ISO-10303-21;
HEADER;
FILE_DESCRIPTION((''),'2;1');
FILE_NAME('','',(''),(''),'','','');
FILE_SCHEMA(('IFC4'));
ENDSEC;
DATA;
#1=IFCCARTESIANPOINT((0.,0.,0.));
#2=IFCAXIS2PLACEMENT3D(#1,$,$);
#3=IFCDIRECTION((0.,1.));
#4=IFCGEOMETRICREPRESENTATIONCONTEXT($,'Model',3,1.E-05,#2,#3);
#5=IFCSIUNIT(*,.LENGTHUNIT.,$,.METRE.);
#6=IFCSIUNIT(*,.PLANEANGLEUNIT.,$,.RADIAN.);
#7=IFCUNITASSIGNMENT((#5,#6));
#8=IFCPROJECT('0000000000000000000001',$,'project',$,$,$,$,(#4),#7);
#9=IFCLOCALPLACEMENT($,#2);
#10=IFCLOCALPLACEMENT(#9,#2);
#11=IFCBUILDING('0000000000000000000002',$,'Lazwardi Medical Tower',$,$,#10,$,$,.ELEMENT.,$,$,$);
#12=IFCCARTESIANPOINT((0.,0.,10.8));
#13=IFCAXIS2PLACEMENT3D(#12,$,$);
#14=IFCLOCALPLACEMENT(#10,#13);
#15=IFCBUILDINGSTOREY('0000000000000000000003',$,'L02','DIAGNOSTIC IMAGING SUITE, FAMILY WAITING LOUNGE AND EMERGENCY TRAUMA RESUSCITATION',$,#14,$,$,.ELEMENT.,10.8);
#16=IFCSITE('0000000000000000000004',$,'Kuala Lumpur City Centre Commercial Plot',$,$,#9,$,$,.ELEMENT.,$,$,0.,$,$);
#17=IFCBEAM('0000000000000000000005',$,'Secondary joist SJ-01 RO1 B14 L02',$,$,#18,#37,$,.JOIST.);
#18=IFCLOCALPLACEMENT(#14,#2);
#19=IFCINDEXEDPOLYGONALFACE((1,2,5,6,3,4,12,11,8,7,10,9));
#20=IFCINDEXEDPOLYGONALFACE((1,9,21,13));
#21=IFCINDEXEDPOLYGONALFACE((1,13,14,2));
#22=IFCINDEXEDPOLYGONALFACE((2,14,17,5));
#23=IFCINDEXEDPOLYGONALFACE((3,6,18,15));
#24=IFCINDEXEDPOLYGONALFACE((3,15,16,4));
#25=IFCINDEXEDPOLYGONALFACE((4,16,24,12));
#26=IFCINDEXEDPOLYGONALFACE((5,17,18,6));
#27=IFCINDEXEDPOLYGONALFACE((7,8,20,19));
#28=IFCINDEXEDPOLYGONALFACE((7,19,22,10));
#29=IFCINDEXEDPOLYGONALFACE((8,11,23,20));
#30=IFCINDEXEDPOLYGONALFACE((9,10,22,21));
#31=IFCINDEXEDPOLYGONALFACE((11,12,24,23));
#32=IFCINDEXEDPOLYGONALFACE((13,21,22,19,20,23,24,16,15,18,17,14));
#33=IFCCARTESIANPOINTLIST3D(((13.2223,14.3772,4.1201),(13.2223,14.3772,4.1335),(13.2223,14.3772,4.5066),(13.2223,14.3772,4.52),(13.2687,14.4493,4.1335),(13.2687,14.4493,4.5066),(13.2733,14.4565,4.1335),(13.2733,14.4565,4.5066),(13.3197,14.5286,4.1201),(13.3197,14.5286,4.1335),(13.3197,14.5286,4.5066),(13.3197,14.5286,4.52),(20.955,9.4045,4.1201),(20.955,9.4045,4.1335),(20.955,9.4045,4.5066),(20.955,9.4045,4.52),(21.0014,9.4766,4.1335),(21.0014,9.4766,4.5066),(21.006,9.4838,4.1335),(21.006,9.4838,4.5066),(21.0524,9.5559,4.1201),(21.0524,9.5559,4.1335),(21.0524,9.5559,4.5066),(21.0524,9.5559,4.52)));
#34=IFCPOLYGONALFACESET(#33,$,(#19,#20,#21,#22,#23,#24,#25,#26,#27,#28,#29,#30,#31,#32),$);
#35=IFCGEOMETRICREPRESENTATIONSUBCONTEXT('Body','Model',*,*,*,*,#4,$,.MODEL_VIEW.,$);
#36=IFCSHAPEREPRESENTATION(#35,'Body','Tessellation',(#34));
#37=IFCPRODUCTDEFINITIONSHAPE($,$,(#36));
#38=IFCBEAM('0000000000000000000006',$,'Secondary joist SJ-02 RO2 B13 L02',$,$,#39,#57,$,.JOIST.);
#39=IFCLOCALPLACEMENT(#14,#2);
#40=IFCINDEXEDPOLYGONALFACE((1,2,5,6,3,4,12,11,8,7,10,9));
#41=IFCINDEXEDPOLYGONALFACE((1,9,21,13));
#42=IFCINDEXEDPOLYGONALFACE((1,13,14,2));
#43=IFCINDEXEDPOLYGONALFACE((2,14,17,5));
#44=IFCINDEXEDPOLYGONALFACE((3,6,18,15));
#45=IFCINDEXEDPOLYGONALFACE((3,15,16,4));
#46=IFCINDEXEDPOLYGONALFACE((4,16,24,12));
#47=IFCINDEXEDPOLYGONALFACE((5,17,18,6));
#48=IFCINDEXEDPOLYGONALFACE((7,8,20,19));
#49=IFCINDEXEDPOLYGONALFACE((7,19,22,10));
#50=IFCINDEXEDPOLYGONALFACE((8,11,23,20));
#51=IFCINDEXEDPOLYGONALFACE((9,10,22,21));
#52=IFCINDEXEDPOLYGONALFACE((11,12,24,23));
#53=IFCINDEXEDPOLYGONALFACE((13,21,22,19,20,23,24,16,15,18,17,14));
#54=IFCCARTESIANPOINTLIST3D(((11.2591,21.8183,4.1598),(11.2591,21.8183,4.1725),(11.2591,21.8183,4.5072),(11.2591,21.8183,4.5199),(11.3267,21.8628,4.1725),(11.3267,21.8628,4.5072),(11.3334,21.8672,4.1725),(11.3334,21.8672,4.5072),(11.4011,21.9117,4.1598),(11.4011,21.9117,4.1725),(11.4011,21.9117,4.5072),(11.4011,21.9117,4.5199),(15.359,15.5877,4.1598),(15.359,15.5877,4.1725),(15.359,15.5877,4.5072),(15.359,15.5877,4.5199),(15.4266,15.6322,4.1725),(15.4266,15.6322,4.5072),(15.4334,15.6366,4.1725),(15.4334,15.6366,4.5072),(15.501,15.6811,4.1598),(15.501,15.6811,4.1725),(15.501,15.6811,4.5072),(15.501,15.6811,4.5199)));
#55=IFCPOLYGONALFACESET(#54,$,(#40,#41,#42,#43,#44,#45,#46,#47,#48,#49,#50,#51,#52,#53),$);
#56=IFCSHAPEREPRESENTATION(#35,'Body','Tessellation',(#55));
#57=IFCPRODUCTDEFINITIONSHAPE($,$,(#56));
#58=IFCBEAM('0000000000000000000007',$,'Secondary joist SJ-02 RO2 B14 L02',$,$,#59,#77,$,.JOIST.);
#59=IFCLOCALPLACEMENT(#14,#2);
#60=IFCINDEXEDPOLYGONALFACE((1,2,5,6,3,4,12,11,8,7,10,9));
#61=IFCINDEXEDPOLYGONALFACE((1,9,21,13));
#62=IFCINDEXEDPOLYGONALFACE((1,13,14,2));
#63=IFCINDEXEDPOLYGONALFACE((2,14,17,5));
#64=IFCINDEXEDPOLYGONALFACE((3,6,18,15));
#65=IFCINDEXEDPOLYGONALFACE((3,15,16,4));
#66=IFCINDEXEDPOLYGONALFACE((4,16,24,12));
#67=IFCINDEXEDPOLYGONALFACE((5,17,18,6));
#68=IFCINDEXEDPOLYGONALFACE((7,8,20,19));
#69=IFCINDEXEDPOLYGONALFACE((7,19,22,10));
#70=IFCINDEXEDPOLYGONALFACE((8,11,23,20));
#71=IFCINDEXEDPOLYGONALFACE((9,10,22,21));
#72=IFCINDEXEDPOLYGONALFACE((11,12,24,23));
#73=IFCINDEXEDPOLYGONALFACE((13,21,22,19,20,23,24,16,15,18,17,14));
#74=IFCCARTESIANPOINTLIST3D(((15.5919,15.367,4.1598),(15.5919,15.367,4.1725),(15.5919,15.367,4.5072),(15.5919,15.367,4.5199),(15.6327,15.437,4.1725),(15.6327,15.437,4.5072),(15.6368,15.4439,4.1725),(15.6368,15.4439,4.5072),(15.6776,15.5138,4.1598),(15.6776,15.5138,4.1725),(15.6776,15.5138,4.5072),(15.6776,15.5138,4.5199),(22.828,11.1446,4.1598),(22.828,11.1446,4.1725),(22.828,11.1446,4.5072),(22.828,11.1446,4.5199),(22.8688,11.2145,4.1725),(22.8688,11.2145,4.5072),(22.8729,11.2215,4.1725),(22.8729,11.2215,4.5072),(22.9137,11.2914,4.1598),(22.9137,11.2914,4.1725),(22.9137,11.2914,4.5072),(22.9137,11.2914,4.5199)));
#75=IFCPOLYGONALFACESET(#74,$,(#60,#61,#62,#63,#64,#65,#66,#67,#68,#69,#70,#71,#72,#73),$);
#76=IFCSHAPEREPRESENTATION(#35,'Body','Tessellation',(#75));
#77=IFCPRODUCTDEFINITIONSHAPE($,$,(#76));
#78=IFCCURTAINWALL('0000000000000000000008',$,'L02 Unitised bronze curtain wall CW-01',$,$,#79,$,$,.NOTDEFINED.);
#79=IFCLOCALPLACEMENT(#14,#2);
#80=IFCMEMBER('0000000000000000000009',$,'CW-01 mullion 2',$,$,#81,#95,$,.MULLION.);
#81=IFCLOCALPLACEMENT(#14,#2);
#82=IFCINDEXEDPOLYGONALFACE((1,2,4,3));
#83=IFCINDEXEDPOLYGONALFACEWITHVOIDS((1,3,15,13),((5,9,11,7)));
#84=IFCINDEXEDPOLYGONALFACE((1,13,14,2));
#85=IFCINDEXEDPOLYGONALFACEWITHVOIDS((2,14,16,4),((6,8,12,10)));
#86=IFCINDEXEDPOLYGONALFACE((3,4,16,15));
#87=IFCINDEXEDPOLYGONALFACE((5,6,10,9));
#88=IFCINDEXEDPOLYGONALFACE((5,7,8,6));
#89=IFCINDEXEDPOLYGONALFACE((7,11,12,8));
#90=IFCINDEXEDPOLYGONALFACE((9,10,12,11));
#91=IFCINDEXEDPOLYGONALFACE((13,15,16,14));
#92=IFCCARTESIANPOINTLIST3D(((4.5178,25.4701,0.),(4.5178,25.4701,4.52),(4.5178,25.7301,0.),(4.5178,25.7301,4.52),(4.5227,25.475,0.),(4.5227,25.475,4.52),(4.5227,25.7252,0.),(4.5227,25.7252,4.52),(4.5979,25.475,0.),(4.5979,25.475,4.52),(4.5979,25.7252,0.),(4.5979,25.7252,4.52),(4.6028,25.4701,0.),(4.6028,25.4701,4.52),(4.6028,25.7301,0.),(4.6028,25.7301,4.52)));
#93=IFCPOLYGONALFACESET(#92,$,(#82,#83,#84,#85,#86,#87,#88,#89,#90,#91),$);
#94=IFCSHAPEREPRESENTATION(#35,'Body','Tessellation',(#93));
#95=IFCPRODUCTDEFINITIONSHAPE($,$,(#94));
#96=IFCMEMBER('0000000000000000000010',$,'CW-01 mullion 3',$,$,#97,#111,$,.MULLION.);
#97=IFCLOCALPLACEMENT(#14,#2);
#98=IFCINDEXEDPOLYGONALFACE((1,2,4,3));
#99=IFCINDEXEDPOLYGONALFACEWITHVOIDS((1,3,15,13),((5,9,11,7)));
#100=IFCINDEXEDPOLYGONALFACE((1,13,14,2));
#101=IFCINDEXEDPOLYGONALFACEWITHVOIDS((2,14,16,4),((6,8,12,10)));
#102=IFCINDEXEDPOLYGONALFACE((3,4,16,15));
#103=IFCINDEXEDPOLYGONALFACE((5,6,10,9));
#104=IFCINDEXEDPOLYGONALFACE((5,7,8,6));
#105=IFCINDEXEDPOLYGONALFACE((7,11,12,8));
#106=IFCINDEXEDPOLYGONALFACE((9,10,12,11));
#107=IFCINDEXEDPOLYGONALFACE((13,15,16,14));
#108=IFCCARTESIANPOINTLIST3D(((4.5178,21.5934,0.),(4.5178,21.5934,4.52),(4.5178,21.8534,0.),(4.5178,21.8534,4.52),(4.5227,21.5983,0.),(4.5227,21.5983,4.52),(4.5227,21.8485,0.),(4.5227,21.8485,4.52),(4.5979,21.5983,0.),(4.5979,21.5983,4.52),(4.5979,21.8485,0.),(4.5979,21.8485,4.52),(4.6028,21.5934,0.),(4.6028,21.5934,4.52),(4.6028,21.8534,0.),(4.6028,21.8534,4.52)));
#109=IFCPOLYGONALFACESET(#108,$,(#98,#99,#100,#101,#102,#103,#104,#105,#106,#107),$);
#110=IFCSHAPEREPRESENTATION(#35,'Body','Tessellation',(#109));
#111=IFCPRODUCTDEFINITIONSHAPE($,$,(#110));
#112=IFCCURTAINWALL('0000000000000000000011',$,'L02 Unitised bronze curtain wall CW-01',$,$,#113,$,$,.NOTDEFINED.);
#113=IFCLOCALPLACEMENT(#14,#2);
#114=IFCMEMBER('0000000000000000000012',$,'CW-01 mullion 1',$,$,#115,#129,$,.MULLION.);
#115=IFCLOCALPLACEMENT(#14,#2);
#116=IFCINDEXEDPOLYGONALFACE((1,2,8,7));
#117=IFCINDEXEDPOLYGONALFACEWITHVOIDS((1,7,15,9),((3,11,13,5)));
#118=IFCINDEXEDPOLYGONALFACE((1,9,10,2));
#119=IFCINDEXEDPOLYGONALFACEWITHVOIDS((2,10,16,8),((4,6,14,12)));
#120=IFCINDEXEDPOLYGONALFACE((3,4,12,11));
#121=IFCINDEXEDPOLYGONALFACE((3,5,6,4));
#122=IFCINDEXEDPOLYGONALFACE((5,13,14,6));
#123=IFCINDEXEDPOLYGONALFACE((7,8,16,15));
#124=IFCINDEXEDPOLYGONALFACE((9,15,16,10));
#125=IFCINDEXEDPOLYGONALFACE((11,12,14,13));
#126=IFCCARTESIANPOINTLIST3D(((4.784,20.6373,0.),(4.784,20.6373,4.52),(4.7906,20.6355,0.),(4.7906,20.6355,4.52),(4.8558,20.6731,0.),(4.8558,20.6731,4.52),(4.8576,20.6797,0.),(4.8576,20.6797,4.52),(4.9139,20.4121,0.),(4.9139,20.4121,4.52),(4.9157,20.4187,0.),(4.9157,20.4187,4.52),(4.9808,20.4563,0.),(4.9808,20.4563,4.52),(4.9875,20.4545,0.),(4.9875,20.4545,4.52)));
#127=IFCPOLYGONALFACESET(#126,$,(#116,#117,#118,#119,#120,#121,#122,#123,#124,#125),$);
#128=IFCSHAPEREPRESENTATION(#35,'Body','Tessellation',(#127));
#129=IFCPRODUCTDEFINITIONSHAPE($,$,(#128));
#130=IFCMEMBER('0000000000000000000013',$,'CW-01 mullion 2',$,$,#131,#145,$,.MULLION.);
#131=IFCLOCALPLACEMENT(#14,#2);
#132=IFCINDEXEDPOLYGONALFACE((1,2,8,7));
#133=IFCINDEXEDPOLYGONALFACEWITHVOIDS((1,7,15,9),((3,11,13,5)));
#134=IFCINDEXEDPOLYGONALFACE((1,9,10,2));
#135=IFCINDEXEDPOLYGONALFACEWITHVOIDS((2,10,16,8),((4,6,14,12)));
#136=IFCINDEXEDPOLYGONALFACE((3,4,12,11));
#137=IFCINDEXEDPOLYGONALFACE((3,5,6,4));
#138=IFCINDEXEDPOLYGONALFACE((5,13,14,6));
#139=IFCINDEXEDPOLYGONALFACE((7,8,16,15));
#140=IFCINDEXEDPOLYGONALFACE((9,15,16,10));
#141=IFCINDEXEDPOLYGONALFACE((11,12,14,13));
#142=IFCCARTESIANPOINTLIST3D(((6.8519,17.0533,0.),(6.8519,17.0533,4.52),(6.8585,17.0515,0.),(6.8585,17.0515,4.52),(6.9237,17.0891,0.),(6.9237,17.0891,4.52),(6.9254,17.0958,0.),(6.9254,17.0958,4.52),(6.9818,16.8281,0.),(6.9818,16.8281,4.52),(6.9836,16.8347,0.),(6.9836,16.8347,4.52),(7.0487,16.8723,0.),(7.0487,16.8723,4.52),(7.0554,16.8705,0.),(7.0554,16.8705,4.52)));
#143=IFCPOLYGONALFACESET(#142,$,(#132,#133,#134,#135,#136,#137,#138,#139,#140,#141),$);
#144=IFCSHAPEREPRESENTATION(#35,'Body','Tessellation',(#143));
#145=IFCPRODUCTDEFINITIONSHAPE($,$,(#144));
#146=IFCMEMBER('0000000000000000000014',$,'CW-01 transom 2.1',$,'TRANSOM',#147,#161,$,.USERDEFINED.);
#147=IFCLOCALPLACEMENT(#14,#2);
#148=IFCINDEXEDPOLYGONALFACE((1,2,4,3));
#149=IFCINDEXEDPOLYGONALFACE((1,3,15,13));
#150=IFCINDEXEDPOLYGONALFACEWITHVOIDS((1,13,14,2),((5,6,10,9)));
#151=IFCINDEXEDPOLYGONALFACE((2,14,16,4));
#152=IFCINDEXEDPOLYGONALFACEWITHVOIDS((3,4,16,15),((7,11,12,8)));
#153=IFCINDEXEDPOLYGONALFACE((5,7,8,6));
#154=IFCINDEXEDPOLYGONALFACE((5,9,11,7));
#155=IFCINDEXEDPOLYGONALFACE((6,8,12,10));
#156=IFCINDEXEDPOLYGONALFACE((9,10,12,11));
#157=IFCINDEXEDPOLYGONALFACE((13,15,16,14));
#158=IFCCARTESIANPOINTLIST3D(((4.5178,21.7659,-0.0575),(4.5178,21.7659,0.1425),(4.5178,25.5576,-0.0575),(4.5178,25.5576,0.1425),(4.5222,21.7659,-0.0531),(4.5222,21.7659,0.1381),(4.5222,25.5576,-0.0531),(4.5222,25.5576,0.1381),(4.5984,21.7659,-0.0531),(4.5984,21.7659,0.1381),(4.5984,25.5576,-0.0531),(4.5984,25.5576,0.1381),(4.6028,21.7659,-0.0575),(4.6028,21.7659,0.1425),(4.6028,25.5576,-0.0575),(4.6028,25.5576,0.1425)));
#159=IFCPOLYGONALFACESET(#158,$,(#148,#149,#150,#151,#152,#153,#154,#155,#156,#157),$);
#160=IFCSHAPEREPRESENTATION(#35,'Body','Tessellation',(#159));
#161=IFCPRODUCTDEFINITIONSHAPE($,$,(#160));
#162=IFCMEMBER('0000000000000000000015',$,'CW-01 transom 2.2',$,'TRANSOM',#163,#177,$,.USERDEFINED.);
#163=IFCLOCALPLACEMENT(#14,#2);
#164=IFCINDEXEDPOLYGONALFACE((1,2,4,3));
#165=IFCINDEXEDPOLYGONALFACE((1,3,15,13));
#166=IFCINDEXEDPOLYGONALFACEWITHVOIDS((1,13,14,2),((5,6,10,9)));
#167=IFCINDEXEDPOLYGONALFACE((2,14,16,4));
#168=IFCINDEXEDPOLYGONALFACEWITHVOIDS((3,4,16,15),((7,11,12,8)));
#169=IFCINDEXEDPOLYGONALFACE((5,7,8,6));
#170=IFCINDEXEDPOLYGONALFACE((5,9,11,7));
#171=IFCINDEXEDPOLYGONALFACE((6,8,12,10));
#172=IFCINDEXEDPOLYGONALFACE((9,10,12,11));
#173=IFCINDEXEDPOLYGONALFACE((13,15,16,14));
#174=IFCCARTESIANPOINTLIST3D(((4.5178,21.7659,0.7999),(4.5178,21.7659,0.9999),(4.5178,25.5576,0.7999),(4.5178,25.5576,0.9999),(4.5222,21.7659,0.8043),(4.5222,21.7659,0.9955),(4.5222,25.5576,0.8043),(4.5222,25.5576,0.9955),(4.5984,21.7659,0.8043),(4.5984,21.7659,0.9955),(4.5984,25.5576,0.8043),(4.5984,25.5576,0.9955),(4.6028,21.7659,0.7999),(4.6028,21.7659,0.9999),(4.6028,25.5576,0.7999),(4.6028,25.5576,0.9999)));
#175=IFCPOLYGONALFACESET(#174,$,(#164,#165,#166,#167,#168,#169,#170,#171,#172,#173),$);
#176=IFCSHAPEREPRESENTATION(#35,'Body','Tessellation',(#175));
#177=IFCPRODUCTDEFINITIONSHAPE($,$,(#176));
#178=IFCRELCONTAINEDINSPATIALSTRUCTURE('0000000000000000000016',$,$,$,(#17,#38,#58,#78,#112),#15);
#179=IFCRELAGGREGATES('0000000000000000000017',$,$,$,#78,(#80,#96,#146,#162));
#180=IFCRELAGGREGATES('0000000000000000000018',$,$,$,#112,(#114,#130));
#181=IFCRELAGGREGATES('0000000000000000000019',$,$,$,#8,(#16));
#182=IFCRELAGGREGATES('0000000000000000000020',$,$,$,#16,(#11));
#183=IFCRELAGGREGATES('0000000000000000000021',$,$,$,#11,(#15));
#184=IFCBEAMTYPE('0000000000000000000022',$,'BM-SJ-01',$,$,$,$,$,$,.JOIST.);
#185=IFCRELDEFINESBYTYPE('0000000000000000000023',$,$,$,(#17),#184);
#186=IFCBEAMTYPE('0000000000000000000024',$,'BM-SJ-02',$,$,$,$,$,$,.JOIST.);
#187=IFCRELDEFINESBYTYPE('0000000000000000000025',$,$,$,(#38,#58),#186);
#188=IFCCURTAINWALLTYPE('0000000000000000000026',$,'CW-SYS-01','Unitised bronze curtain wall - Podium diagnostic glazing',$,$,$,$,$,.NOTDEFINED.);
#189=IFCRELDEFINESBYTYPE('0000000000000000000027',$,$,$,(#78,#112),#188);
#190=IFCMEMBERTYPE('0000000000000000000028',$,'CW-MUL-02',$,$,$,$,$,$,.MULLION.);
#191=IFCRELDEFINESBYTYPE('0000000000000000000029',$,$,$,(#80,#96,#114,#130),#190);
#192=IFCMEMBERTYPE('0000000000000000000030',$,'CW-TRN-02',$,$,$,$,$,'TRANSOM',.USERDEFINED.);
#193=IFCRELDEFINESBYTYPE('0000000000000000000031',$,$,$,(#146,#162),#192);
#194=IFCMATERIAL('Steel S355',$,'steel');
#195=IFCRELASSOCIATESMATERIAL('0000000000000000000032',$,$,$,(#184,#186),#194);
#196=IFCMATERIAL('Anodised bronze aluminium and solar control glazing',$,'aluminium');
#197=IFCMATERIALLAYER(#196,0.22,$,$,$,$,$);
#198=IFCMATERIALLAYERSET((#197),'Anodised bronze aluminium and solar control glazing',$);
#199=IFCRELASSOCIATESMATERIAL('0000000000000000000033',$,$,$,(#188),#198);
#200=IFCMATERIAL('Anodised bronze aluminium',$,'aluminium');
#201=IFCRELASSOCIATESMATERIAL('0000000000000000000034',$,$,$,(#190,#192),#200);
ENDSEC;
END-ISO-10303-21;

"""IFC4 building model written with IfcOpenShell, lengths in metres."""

from ifc_helpers import new_model, si_unit, direction, frame, origin, origin_2d, place, context, subcontext, project, spatial, hollow_rectangle, i_section, extrude, material, layer, layer_set, material_profile, profile_set, type_object, element, aggregate, save


model = new_model("IFC4")

# Units and contexts
model_context = context("Model", 3, precision=1e-05, world=origin(), true_north=direction((0.0, 1.0)))
body_context = subcontext(model_context, "Body", "Model", "MODEL_VIEW")
ifc_project = project(units=[si_unit("LENGTHUNIT", "METRE"), si_unit("PLANEANGLEUNIT", "RADIAN")], contexts=[model_context])

# Site, building, storey
site_placement = place(None, origin())
site = spatial("IfcSite", under=ifc_project, at=site_placement, Name="Kuala Lumpur City Centre Commercial Plot", CompositionType="ELEMENT", RefElevation=0.0)
building_placement = place(site_placement, origin())
building = spatial("IfcBuilding", under=site, at=building_placement, Name="Lazwardi Medical Tower", CompositionType="ELEMENT")
storey_placement = place(building_placement, frame((0.0, 0.0, 10.8)))
storey = spatial("IfcBuildingStorey", under=building, at=storey_placement, Name="L02", Description="DIAGNOSTIC IMAGING SUITE, FAMILY WAITING LOUNGE AND EMERGENCY TRAUMA RESUSCITATION", CompositionType="ELEMENT", Elevation=10.8)

# Beams
ifc_material_1 = material(Name="Steel S355", Category="steel")
ifc_material_profile_1 = material_profile(ifc_material_1, i_section(OverallWidth=0.1799, OverallDepth=0.3999, WebThickness=0.0085, FlangeThickness=0.0134, at=origin_2d()), Name="IPE 400")
ifc_profile_set_1 = profile_set([ifc_material_profile_1], Name="Steel S355")
beam_type_1 = type_object("IfcBeamType", Name="BM-SJ-01", PredefinedType="JOIST", material=ifc_profile_set_1)
beam_1_placement = place(storey_placement, frame((13.271, 14.4529, 4.3201), z_axis=(0.841096, -0.540885, 0.0), x_axis=(0.540885, 0.841096, 0.0)))
element("IfcBeam", 1, at=beam_1_placement, inside=storey, type_object=beam_type_1, Name="Secondary joist SJ-01 RO1 B14 L02", PredefinedType="JOIST", context=body_context, shape_type="SweptSolid", body=[
    extrude(i_section(OverallWidth=0.1799, OverallDepth=0.3999, WebThickness=0.0085, FlangeThickness=0.0134, at=origin_2d()), origin(), (0.0, 0.0, 1.0), 9.1936),
])
ifc_material_profile_2 = material_profile(ifc_material_1, i_section(OverallWidth=0.1699, OverallDepth=0.3601, WebThickness=0.0081, FlangeThickness=0.0127, at=origin_2d()), Name="IPE 360")
ifc_profile_set_2 = profile_set([ifc_material_profile_2], Name="Steel S355")
beam_type_2 = type_object("IfcBeamType", Name="BM-SJ-02", PredefinedType="JOIST", material=ifc_profile_set_2)
beam_2_placement = place(storey_placement, frame((11.3301, 21.865, 4.3398), z_axis=(0.549697, -0.835364, 0.0), x_axis=(0.835364, 0.549697, 0.0)))
element("IfcBeam", 2, at=beam_2_placement, inside=storey, type_object=beam_type_2, Name="Secondary joist SJ-02 RO2 B13 L02", PredefinedType="JOIST", context=body_context, shape_type="SweptSolid", body=[
    extrude(i_section(OverallWidth=0.1699, OverallDepth=0.3601, WebThickness=0.0081, FlangeThickness=0.0127, at=origin_2d()), origin(), (0.0, 0.0, 1.0), 7.4585),
])
beam_3_placement = place(storey_placement, frame((15.6348, 15.4404, 4.3398), z_axis=(0.863708, -0.503992, 0.0), x_axis=(0.503992, 0.863708, 0.0)))
element("IfcBeam", 3, at=beam_3_placement, inside=storey, type_object=beam_type_2, Name="Secondary joist SJ-02 RO2 B14 L02", PredefinedType="JOIST", context=body_context, shape_type="SweptSolid", body=[
    extrude(i_section(OverallWidth=0.1699, OverallDepth=0.3601, WebThickness=0.0081, FlangeThickness=0.0127, at=origin_2d()), origin(), (0.0, 0.0, 1.0), 8.3779),
])

# Curtain walls, members
ifc_material_2 = material(Name="Anodised bronze aluminium and solar control glazing", Category="aluminium")
ifc_layer_1 = layer(ifc_material_2, 0.22)
ifc_layer_set_1 = layer_set([ifc_layer_1], Name="Anodised bronze aluminium and solar control glazing")
curtain_wall_type = type_object("IfcCurtainWallType", Name="CW-SYS-01", Description="Unitised bronze curtain wall - Podium diagnostic glazing", PredefinedType="NOTDEFINED", material=ifc_layer_set_1)
curtain_wall_1_placement = place(storey_placement, origin())
curtain_wall_1 = element("IfcCurtainWall", 4, at=curtain_wall_1_placement, inside=storey, type_object=curtain_wall_type, Name="L02 Unitised bronze curtain wall CW-01", PredefinedType="NOTDEFINED")
ifc_material_3 = material(Name="Anodised bronze aluminium", Category="aluminium")
ifc_material_profile_3 = material_profile(ifc_material_3, hollow_rectangle(XDim=0.085, YDim=0.26, WallThickness=0.0049, at=origin_2d()), Name="ALU-MULLION 260x85x5")
ifc_profile_set_3 = profile_set([ifc_material_profile_3], Name="Anodised bronze aluminium")
member_type_1 = type_object("IfcMemberType", Name="CW-MUL-02", PredefinedType="MULLION", material=ifc_profile_set_3)
member_1_placement = place(storey_placement, frame((4.5603, 25.6001, 0.0), z_axis=(0.0, 0.0, 1.0), x_axis=(1.0, 0.0, 0.0)))
member_1 = element("IfcMember", 5, at=member_1_placement, type_object=member_type_1, Name="CW-01 mullion 2", PredefinedType="MULLION", context=body_context, shape_type="SweptSolid", body=[
    extrude(hollow_rectangle(XDim=0.085, YDim=0.26, WallThickness=0.0049, at=origin_2d()), origin(), (0.0, 0.0, 1.0), 4.52),
])
member_2_placement = place(storey_placement, frame((4.5603, 21.7234, 0.0), z_axis=(0.0, 0.0, 1.0), x_axis=(1.0, 0.0, 0.0)))
member_2 = element("IfcMember", 6, at=member_2_placement, type_object=member_type_1, Name="CW-01 mullion 3", PredefinedType="MULLION", context=body_context, shape_type="SweptSolid", body=[
    extrude(hollow_rectangle(XDim=0.085, YDim=0.26, WallThickness=0.0049, at=origin_2d()), origin(), (0.0, 0.0, 1.0), 4.52),
])
curtain_wall_2_placement = place(storey_placement, origin())
curtain_wall_2 = element("IfcCurtainWall", 7, at=curtain_wall_2_placement, inside=storey, type_object=curtain_wall_type, Name="L02 Unitised bronze curtain wall CW-01", PredefinedType="NOTDEFINED")
member_3_placement = place(storey_placement, frame((4.8857, 20.5459, 0.0), z_axis=(0.0, 0.0, 1.0), x_axis=(0.866181, 0.499731, 0.0)))
member_3 = element("IfcMember", 8, at=member_3_placement, type_object=member_type_1, Name="CW-01 mullion 1", PredefinedType="MULLION", context=body_context, shape_type="SweptSolid", body=[
    extrude(hollow_rectangle(XDim=0.085, YDim=0.26, WallThickness=0.0049, at=origin_2d()), origin(), (0.0, 0.0, 1.0), 4.52),
])
member_4_placement = place(storey_placement, frame((6.9536, 16.9619, 0.0), z_axis=(0.0, 0.0, 1.0), x_axis=(0.866181, 0.499731, 0.0)))
member_4 = element("IfcMember", 9, at=member_4_placement, type_object=member_type_1, Name="CW-01 mullion 2", PredefinedType="MULLION", context=body_context, shape_type="SweptSolid", body=[
    extrude(hollow_rectangle(XDim=0.085, YDim=0.26, WallThickness=0.0049, at=origin_2d()), origin(), (0.0, 0.0, 1.0), 4.52),
])

# Members
ifc_material_profile_4 = material_profile(ifc_material_3, hollow_rectangle(XDim=0.085, YDim=0.2, WallThickness=0.0044, at=origin_2d()), Name="ALU-TRANSOM 200x85x4.5")
ifc_profile_set_4 = profile_set([ifc_material_profile_4], Name="Anodised bronze aluminium")
member_type_2 = type_object("IfcMemberType", Name="CW-TRN-02", ElementType="TRANSOM", PredefinedType="USERDEFINED", material=ifc_profile_set_4)
member_5_placement = place(storey_placement, frame((4.5603, 25.5576, 0.0425), z_axis=(0.0, -1.0, 0.0), x_axis=(1.0, 0.0, 0.0)))
member_5 = element("IfcMember", 10, at=member_5_placement, type_object=member_type_2, Name="CW-01 transom 2.1", ObjectType="TRANSOM", PredefinedType="USERDEFINED", context=body_context, shape_type="SweptSolid", body=[
    extrude(hollow_rectangle(XDim=0.085, YDim=0.2, WallThickness=0.0044, at=origin_2d()), origin(), (0.0, 0.0, 1.0), 3.7917),
])
member_6_placement = place(storey_placement, frame((4.5603, 25.5576, 0.8999), z_axis=(0.0, -1.0, 0.0), x_axis=(1.0, 0.0, 0.0)))
member_6 = element("IfcMember", 11, at=member_6_placement, type_object=member_type_2, Name="CW-01 transom 2.2", ObjectType="TRANSOM", PredefinedType="USERDEFINED", context=body_context, shape_type="SweptSolid", body=[
    extrude(hollow_rectangle(XDim=0.085, YDim=0.2, WallThickness=0.0044, at=origin_2d()), origin(), (0.0, 0.0, 1.0), 3.7917),
])

aggregate(curtain_wall_1, [member_1, member_2, member_5, member_6])
aggregate(curtain_wall_2, [member_3, member_4])

save(model, "model.ifc")
